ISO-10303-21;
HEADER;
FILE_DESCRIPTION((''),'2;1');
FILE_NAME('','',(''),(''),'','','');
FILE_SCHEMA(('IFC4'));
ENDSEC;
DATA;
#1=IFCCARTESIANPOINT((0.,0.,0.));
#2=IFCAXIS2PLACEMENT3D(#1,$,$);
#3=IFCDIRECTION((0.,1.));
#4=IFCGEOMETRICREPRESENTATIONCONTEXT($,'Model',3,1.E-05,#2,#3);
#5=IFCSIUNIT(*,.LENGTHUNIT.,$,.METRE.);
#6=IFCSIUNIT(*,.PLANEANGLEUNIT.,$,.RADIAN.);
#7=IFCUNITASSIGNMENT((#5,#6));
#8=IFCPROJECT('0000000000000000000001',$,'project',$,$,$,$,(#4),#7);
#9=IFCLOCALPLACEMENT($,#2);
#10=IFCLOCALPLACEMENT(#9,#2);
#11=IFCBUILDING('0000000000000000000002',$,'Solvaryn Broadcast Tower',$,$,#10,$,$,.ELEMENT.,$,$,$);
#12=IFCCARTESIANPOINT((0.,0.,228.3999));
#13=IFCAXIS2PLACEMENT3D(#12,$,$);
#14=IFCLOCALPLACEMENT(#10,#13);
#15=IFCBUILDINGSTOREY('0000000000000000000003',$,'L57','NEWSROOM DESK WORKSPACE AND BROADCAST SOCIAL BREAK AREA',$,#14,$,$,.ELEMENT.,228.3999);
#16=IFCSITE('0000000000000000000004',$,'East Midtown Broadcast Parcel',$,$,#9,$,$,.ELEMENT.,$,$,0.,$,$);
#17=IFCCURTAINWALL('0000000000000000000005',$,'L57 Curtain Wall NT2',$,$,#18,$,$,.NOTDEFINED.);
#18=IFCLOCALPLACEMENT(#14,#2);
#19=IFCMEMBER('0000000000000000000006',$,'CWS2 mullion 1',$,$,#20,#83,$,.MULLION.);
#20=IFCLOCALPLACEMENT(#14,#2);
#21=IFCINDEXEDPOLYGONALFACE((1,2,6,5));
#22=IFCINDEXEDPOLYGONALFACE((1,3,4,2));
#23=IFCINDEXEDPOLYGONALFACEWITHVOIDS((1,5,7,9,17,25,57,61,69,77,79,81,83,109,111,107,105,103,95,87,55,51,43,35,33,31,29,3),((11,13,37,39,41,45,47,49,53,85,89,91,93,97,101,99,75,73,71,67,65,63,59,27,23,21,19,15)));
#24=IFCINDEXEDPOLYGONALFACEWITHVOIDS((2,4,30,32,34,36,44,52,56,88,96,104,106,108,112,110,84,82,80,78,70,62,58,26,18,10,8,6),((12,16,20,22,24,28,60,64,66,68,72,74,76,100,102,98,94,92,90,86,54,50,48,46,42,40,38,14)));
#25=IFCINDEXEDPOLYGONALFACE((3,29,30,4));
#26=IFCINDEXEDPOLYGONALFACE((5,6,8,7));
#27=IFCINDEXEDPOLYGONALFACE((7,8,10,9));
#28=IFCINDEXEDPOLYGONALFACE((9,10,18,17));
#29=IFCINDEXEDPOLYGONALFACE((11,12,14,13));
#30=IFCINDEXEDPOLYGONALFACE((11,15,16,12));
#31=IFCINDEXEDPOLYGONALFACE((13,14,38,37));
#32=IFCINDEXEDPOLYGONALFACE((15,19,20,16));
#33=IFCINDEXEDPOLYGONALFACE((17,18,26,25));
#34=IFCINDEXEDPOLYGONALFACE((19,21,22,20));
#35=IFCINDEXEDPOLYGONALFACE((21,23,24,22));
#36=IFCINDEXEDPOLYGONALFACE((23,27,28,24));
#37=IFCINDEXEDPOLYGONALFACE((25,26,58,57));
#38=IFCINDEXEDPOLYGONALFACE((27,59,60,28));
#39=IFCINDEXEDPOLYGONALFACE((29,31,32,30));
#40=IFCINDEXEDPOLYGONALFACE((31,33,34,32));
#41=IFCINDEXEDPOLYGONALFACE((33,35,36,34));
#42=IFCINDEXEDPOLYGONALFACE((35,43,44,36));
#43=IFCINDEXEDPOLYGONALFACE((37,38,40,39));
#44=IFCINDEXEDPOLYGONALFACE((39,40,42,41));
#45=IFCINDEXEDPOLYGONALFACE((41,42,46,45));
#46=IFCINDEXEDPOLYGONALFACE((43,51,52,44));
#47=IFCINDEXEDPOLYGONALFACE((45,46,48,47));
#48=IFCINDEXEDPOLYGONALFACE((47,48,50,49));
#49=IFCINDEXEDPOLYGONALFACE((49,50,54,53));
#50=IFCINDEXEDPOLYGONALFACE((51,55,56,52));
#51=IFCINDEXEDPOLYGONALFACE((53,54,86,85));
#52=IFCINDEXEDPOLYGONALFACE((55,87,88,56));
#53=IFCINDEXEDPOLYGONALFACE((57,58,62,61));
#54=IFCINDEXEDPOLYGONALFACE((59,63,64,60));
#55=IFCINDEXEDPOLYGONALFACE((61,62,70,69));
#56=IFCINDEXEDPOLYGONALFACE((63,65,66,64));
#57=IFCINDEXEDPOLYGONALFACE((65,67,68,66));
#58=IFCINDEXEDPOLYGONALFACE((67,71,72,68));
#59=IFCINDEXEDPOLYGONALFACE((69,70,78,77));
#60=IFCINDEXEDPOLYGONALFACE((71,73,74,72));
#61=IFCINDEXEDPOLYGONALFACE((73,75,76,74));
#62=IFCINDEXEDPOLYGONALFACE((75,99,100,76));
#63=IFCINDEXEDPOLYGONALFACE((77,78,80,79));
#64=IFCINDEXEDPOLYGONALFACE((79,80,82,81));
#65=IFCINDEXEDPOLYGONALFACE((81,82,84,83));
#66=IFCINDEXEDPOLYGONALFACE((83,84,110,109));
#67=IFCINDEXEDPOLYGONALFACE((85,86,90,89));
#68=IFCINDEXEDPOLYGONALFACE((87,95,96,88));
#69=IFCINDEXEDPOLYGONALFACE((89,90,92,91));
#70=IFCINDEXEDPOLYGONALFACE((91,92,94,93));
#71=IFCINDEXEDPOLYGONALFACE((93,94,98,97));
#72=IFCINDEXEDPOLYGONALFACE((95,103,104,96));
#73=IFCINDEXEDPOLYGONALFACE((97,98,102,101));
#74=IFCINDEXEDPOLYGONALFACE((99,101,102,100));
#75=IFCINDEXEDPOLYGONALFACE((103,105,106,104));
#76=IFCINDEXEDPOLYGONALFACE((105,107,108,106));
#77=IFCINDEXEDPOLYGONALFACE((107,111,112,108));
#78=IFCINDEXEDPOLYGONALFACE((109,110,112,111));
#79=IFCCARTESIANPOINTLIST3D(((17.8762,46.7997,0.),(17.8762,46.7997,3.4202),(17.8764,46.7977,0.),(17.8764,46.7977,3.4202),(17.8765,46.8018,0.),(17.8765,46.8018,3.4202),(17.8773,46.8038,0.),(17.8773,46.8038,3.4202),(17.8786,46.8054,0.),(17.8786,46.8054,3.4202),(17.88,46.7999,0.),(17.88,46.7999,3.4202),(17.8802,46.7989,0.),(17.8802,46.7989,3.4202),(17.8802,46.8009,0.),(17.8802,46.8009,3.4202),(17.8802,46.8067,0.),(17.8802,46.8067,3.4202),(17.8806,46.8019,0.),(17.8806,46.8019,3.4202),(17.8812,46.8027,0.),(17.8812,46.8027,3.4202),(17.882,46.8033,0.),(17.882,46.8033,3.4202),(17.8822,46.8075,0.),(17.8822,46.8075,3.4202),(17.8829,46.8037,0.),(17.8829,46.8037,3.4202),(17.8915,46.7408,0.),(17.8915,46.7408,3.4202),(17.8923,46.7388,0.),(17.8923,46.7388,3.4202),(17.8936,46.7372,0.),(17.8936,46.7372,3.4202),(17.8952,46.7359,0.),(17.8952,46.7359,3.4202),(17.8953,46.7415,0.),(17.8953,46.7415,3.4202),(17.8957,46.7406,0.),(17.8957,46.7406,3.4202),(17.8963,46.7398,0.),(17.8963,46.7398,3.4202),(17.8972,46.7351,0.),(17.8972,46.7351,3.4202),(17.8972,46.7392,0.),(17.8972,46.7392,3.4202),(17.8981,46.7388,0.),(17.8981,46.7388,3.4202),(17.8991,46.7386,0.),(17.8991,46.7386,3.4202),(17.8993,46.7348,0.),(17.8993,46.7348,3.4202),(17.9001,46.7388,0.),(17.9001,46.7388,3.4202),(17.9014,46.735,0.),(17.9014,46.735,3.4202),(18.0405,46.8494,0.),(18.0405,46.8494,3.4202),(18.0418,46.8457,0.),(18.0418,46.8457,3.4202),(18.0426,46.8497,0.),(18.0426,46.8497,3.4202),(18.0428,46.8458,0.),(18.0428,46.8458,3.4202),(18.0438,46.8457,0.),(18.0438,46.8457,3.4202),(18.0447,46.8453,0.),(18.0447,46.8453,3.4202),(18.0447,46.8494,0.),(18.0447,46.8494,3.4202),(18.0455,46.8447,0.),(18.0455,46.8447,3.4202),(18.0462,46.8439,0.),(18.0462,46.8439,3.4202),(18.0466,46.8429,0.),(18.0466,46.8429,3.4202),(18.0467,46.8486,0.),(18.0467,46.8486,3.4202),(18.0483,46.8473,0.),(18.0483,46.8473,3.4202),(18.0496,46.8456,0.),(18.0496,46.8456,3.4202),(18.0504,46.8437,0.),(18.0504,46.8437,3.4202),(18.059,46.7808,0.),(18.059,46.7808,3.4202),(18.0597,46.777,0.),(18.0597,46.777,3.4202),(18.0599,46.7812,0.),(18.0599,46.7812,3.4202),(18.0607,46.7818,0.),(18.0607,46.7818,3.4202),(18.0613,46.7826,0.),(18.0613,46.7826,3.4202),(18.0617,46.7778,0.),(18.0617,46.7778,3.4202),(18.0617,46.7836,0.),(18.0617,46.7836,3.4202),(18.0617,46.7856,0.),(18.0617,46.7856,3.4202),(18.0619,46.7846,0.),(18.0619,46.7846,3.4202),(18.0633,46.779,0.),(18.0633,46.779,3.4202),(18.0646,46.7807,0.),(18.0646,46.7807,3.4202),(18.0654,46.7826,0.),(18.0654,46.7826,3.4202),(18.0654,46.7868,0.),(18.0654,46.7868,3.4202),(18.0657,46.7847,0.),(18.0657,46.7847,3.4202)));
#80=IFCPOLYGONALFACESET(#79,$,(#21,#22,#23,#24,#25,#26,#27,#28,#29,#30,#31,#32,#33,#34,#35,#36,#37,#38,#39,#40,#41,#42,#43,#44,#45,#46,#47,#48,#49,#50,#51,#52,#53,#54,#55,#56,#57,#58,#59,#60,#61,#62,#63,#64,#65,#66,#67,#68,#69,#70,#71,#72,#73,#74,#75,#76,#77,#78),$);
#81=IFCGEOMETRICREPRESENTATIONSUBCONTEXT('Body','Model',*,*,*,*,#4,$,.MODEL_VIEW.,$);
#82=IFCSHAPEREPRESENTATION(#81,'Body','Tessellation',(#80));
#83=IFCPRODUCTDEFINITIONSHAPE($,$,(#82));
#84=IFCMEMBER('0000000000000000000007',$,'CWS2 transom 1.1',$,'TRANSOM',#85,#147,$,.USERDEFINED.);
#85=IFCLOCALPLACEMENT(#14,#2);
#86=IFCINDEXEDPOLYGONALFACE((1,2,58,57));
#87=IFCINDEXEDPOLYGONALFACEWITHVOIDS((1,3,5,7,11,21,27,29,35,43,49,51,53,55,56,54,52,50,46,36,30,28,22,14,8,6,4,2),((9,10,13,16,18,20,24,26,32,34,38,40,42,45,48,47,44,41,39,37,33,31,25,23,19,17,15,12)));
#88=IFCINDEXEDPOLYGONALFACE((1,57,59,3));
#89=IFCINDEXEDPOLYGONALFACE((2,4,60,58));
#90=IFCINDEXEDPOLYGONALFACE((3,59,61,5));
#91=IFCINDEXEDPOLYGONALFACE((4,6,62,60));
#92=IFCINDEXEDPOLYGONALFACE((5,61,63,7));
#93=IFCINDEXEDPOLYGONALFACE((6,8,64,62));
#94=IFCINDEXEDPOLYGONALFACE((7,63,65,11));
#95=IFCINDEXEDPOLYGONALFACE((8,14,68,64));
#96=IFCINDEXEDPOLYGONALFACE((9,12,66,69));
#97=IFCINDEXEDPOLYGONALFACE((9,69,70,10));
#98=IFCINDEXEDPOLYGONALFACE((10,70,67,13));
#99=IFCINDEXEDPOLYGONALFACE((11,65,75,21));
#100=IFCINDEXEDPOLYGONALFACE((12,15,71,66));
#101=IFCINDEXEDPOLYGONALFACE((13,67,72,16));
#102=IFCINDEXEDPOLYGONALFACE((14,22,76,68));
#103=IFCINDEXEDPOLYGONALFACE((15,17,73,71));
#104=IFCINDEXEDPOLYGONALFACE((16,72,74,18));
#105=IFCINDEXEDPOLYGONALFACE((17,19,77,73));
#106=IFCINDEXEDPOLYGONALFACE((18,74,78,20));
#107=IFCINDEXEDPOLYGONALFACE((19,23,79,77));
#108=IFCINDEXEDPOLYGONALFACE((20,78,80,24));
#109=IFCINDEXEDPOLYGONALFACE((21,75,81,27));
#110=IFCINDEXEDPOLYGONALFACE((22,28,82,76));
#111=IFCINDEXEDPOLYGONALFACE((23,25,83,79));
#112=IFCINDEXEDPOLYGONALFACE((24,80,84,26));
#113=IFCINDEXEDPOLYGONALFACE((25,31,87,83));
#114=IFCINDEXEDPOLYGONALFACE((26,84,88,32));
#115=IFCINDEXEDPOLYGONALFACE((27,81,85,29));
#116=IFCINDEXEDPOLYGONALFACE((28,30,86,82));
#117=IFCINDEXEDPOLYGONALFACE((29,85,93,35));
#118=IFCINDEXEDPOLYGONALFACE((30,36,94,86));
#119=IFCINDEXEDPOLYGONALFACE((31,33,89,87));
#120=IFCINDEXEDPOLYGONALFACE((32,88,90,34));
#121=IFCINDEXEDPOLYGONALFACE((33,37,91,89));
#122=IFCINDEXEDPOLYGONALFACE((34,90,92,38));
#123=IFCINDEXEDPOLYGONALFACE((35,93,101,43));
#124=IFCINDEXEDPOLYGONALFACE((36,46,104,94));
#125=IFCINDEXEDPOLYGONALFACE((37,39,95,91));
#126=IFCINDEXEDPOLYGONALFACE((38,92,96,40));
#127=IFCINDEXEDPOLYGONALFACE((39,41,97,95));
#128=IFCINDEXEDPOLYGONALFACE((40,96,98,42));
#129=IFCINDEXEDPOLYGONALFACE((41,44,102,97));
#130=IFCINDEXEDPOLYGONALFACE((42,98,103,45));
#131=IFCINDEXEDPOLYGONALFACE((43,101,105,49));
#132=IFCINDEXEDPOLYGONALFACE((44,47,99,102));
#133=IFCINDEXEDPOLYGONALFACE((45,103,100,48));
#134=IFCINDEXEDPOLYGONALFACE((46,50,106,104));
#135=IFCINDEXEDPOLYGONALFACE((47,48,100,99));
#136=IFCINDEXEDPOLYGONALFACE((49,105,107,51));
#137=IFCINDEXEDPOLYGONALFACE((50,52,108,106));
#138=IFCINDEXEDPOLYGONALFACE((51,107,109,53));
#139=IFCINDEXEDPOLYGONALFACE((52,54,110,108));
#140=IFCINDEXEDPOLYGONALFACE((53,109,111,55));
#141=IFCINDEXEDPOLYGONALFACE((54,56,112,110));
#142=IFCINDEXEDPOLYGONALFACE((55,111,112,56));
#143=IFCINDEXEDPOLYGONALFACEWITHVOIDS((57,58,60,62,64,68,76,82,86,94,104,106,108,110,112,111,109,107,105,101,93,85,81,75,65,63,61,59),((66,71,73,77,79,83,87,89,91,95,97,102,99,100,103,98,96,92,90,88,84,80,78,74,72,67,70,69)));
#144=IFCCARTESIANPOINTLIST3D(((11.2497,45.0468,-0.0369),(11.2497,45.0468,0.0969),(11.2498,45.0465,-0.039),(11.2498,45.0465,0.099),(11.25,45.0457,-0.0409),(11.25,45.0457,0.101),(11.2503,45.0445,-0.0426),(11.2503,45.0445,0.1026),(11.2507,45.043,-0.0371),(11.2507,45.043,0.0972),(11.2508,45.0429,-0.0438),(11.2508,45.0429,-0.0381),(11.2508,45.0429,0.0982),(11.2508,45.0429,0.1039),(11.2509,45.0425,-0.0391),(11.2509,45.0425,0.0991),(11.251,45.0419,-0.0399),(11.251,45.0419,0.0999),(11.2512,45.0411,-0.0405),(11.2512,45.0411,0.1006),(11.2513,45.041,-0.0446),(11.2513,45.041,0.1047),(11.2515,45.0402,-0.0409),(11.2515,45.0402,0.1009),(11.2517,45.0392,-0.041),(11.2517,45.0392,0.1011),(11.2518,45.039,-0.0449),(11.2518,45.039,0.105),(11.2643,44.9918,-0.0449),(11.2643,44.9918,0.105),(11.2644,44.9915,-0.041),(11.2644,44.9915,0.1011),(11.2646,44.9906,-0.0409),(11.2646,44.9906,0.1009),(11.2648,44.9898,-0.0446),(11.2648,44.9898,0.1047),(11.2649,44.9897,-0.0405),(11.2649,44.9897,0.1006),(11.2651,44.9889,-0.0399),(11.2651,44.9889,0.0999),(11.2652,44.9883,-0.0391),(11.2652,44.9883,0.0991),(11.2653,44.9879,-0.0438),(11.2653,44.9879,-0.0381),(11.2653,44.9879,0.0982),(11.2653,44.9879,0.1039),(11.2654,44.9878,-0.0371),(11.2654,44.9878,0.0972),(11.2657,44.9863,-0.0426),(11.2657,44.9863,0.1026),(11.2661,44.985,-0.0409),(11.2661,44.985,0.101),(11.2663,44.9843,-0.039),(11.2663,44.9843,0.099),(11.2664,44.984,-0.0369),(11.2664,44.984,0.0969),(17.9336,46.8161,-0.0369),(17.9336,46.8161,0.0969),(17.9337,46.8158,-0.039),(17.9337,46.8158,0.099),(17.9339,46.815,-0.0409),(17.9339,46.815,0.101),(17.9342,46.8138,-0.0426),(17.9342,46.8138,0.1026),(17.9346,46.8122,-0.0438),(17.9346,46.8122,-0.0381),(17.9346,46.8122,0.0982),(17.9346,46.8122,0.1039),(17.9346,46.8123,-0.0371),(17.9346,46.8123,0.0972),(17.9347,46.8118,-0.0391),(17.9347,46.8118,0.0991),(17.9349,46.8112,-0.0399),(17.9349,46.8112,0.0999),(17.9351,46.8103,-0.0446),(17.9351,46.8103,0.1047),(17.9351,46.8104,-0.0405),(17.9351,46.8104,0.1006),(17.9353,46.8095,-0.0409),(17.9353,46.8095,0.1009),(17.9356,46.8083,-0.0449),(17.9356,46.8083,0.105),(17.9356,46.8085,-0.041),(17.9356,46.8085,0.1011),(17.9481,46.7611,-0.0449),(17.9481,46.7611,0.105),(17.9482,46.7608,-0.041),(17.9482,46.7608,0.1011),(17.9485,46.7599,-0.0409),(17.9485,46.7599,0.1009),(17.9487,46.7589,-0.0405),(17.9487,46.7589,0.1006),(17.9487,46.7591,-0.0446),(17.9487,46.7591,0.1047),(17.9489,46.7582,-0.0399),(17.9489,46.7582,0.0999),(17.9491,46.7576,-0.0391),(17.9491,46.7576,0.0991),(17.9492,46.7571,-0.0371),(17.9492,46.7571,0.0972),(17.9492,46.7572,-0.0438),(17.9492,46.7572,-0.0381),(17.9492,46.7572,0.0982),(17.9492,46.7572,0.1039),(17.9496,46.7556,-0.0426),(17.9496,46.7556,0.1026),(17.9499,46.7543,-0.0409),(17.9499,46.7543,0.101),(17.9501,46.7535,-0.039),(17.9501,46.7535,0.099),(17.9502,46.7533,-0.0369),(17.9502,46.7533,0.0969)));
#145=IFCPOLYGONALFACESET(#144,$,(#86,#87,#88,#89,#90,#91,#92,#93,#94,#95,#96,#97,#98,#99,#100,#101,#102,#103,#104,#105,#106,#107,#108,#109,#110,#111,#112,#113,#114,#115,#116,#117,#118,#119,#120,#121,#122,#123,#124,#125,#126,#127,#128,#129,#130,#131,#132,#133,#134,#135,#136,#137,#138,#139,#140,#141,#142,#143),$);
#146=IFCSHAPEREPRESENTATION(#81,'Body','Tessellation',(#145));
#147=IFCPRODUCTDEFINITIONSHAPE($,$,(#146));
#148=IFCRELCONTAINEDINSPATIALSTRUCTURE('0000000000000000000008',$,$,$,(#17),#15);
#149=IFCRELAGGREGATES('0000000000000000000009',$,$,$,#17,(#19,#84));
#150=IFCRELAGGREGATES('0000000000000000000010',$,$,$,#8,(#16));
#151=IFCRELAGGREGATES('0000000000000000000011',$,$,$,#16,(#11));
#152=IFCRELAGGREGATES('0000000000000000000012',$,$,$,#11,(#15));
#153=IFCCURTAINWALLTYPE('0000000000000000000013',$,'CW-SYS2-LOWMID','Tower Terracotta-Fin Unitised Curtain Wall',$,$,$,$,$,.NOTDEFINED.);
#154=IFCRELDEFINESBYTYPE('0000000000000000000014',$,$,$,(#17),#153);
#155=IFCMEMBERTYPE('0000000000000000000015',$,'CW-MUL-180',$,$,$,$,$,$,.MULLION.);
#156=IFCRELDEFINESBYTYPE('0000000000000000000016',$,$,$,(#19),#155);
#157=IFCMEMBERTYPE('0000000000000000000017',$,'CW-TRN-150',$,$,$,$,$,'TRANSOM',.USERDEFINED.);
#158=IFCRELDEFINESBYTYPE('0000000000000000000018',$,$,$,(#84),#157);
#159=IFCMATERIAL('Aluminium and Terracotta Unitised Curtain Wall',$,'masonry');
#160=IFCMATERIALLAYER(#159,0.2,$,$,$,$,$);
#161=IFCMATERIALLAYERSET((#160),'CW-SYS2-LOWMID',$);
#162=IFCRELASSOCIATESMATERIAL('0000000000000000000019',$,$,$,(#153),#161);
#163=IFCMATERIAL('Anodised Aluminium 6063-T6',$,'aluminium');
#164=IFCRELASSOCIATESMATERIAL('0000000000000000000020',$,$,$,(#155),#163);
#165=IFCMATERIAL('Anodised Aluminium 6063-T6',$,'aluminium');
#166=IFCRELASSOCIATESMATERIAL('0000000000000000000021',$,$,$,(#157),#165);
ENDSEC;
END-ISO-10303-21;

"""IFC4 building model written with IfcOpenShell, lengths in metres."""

from ifc_helpers import new_model, si_unit, direction, frame, origin, origin_2d, place, context, subcontext, project, spatial, hollow_rectangle, extrude, material, layer, layer_set, material_profile, profile_set, type_object, element, aggregate, save


model = new_model("IFC4")

# Units and contexts
model_context = context("Model", 3, precision=1e-05, world=origin(), true_north=direction((0.0, 1.0)))
body_context = subcontext(model_context, "Body", "Model", "MODEL_VIEW")
ifc_project = project(units=[si_unit("LENGTHUNIT", "METRE"), si_unit("PLANEANGLEUNIT", "RADIAN")], contexts=[model_context])

# Site, building, storey
site_placement = place(None, origin())
site = spatial("IfcSite", under=ifc_project, at=site_placement, Name="East Midtown Broadcast Parcel", CompositionType="ELEMENT", RefElevation=0.0)
building_placement = place(site_placement, origin())
building = spatial("IfcBuilding", under=site, at=building_placement, Name="Solvaryn Broadcast Tower", CompositionType="ELEMENT")
storey_placement = place(building_placement, frame((0.0, 0.0, 228.3999)))
storey = spatial("IfcBuildingStorey", under=building, at=storey_placement, Name="L57", Description="NEWSROOM DESK WORKSPACE AND BROADCAST SOCIAL BREAK AREA", CompositionType="ELEMENT", Elevation=228.3999)

# Shared definitions
ifc_material_1 = material(Name="Aluminium and Terracotta Unitised Curtain Wall", Category="masonry")
ifc_layer_1 = layer(ifc_material_1, 0.2)
ifc_layer_set_1 = layer_set([ifc_layer_1], Name="CW-SYS2-LOWMID")
curtain_wall_type = type_object("IfcCurtainWallType", Name="CW-SYS2-LOWMID", Description="Tower Terracotta-Fin Unitised Curtain Wall", PredefinedType="NOTDEFINED", material=ifc_layer_set_1)
ifc_material_2 = material(Name="Anodised Aluminium 6063-T6", Category="aluminium")
ifc_material_profile_1 = material_profile(ifc_material_2, hollow_rectangle(XDim=0.075, YDim=0.1799, WallThickness=0.0039, InnerFilletRadius=0.0039, OuterFilletRadius=0.0081, at=origin_2d()))
ifc_profile_set_1 = profile_set([ifc_material_profile_1], Name="Anodised Aluminium 6063-T6")
member_type_1 = type_object("IfcMemberType", Name="CW-MUL-180", PredefinedType="MULLION", material=ifc_profile_set_1)

# Curtain wall, members
curtain_wall_1_placement = place(storey_placement, origin())
curtain_wall_1 = element("IfcCurtainWall", 1, at=curtain_wall_1_placement, inside=storey, type_object=curtain_wall_type, Name="L57 Curtain Wall NT2", PredefinedType="NOTDEFINED")
member_1_placement = place(storey_placement, frame((17.9709, 46.7922, 0.0), z_axis=(0.0, 0.0, 1.0), x_axis=(0.255893, -0.966705, 0.0)))
member_1 = element("IfcMember", 2, at=member_1_placement, type_object=member_type_1, Name="CWS2 mullion 1", PredefinedType="MULLION", context=body_context, shape_type="SweptSolid", body=[
    extrude(hollow_rectangle(XDim=0.075, YDim=0.1799, WallThickness=0.0039, InnerFilletRadius=0.0039, OuterFilletRadius=0.0081, at=origin_2d()), origin(), (0.0, 0.0, 1.0), 3.4202),
])
ifc_material_3 = material(Name="Anodised Aluminium 6063-T6", Category="aluminium")
ifc_material_profile_2 = material_profile(ifc_material_3, hollow_rectangle(XDim=0.0649, YDim=0.1499, WallThickness=0.0039, InnerFilletRadius=0.0039, OuterFilletRadius=0.0081, at=origin_2d()))
ifc_profile_set_2 = profile_set([ifc_material_profile_2], Name="Anodised Aluminium 6063-T6")
member_type_2 = type_object("IfcMemberType", Name="CW-TRN-150", ElementType="TRANSOM", PredefinedType="USERDEFINED", material=ifc_profile_set_2)
member_2_placement = place(storey_placement, frame((17.9419, 46.7847, 0.03), z_axis=(-0.966704, -0.255897, 0.0), x_axis=(0.255897, -0.966704, 0.0)))
member_2 = element("IfcMember", 3, at=member_2_placement, type_object=member_type_2, Name="CWS2 transom 1.1", ObjectType="TRANSOM", PredefinedType="USERDEFINED", context=body_context, shape_type="SweptSolid", body=[
    extrude(hollow_rectangle(XDim=0.0649, YDim=0.1499, WallThickness=0.0039, InnerFilletRadius=0.0039, OuterFilletRadius=0.0081, at=origin_2d()), origin(), (0.0, 0.0, 1.0), 6.9141),
])
aggregate(curtain_wall_1, [member_1, member_2])

save(model, "model.ifc")
